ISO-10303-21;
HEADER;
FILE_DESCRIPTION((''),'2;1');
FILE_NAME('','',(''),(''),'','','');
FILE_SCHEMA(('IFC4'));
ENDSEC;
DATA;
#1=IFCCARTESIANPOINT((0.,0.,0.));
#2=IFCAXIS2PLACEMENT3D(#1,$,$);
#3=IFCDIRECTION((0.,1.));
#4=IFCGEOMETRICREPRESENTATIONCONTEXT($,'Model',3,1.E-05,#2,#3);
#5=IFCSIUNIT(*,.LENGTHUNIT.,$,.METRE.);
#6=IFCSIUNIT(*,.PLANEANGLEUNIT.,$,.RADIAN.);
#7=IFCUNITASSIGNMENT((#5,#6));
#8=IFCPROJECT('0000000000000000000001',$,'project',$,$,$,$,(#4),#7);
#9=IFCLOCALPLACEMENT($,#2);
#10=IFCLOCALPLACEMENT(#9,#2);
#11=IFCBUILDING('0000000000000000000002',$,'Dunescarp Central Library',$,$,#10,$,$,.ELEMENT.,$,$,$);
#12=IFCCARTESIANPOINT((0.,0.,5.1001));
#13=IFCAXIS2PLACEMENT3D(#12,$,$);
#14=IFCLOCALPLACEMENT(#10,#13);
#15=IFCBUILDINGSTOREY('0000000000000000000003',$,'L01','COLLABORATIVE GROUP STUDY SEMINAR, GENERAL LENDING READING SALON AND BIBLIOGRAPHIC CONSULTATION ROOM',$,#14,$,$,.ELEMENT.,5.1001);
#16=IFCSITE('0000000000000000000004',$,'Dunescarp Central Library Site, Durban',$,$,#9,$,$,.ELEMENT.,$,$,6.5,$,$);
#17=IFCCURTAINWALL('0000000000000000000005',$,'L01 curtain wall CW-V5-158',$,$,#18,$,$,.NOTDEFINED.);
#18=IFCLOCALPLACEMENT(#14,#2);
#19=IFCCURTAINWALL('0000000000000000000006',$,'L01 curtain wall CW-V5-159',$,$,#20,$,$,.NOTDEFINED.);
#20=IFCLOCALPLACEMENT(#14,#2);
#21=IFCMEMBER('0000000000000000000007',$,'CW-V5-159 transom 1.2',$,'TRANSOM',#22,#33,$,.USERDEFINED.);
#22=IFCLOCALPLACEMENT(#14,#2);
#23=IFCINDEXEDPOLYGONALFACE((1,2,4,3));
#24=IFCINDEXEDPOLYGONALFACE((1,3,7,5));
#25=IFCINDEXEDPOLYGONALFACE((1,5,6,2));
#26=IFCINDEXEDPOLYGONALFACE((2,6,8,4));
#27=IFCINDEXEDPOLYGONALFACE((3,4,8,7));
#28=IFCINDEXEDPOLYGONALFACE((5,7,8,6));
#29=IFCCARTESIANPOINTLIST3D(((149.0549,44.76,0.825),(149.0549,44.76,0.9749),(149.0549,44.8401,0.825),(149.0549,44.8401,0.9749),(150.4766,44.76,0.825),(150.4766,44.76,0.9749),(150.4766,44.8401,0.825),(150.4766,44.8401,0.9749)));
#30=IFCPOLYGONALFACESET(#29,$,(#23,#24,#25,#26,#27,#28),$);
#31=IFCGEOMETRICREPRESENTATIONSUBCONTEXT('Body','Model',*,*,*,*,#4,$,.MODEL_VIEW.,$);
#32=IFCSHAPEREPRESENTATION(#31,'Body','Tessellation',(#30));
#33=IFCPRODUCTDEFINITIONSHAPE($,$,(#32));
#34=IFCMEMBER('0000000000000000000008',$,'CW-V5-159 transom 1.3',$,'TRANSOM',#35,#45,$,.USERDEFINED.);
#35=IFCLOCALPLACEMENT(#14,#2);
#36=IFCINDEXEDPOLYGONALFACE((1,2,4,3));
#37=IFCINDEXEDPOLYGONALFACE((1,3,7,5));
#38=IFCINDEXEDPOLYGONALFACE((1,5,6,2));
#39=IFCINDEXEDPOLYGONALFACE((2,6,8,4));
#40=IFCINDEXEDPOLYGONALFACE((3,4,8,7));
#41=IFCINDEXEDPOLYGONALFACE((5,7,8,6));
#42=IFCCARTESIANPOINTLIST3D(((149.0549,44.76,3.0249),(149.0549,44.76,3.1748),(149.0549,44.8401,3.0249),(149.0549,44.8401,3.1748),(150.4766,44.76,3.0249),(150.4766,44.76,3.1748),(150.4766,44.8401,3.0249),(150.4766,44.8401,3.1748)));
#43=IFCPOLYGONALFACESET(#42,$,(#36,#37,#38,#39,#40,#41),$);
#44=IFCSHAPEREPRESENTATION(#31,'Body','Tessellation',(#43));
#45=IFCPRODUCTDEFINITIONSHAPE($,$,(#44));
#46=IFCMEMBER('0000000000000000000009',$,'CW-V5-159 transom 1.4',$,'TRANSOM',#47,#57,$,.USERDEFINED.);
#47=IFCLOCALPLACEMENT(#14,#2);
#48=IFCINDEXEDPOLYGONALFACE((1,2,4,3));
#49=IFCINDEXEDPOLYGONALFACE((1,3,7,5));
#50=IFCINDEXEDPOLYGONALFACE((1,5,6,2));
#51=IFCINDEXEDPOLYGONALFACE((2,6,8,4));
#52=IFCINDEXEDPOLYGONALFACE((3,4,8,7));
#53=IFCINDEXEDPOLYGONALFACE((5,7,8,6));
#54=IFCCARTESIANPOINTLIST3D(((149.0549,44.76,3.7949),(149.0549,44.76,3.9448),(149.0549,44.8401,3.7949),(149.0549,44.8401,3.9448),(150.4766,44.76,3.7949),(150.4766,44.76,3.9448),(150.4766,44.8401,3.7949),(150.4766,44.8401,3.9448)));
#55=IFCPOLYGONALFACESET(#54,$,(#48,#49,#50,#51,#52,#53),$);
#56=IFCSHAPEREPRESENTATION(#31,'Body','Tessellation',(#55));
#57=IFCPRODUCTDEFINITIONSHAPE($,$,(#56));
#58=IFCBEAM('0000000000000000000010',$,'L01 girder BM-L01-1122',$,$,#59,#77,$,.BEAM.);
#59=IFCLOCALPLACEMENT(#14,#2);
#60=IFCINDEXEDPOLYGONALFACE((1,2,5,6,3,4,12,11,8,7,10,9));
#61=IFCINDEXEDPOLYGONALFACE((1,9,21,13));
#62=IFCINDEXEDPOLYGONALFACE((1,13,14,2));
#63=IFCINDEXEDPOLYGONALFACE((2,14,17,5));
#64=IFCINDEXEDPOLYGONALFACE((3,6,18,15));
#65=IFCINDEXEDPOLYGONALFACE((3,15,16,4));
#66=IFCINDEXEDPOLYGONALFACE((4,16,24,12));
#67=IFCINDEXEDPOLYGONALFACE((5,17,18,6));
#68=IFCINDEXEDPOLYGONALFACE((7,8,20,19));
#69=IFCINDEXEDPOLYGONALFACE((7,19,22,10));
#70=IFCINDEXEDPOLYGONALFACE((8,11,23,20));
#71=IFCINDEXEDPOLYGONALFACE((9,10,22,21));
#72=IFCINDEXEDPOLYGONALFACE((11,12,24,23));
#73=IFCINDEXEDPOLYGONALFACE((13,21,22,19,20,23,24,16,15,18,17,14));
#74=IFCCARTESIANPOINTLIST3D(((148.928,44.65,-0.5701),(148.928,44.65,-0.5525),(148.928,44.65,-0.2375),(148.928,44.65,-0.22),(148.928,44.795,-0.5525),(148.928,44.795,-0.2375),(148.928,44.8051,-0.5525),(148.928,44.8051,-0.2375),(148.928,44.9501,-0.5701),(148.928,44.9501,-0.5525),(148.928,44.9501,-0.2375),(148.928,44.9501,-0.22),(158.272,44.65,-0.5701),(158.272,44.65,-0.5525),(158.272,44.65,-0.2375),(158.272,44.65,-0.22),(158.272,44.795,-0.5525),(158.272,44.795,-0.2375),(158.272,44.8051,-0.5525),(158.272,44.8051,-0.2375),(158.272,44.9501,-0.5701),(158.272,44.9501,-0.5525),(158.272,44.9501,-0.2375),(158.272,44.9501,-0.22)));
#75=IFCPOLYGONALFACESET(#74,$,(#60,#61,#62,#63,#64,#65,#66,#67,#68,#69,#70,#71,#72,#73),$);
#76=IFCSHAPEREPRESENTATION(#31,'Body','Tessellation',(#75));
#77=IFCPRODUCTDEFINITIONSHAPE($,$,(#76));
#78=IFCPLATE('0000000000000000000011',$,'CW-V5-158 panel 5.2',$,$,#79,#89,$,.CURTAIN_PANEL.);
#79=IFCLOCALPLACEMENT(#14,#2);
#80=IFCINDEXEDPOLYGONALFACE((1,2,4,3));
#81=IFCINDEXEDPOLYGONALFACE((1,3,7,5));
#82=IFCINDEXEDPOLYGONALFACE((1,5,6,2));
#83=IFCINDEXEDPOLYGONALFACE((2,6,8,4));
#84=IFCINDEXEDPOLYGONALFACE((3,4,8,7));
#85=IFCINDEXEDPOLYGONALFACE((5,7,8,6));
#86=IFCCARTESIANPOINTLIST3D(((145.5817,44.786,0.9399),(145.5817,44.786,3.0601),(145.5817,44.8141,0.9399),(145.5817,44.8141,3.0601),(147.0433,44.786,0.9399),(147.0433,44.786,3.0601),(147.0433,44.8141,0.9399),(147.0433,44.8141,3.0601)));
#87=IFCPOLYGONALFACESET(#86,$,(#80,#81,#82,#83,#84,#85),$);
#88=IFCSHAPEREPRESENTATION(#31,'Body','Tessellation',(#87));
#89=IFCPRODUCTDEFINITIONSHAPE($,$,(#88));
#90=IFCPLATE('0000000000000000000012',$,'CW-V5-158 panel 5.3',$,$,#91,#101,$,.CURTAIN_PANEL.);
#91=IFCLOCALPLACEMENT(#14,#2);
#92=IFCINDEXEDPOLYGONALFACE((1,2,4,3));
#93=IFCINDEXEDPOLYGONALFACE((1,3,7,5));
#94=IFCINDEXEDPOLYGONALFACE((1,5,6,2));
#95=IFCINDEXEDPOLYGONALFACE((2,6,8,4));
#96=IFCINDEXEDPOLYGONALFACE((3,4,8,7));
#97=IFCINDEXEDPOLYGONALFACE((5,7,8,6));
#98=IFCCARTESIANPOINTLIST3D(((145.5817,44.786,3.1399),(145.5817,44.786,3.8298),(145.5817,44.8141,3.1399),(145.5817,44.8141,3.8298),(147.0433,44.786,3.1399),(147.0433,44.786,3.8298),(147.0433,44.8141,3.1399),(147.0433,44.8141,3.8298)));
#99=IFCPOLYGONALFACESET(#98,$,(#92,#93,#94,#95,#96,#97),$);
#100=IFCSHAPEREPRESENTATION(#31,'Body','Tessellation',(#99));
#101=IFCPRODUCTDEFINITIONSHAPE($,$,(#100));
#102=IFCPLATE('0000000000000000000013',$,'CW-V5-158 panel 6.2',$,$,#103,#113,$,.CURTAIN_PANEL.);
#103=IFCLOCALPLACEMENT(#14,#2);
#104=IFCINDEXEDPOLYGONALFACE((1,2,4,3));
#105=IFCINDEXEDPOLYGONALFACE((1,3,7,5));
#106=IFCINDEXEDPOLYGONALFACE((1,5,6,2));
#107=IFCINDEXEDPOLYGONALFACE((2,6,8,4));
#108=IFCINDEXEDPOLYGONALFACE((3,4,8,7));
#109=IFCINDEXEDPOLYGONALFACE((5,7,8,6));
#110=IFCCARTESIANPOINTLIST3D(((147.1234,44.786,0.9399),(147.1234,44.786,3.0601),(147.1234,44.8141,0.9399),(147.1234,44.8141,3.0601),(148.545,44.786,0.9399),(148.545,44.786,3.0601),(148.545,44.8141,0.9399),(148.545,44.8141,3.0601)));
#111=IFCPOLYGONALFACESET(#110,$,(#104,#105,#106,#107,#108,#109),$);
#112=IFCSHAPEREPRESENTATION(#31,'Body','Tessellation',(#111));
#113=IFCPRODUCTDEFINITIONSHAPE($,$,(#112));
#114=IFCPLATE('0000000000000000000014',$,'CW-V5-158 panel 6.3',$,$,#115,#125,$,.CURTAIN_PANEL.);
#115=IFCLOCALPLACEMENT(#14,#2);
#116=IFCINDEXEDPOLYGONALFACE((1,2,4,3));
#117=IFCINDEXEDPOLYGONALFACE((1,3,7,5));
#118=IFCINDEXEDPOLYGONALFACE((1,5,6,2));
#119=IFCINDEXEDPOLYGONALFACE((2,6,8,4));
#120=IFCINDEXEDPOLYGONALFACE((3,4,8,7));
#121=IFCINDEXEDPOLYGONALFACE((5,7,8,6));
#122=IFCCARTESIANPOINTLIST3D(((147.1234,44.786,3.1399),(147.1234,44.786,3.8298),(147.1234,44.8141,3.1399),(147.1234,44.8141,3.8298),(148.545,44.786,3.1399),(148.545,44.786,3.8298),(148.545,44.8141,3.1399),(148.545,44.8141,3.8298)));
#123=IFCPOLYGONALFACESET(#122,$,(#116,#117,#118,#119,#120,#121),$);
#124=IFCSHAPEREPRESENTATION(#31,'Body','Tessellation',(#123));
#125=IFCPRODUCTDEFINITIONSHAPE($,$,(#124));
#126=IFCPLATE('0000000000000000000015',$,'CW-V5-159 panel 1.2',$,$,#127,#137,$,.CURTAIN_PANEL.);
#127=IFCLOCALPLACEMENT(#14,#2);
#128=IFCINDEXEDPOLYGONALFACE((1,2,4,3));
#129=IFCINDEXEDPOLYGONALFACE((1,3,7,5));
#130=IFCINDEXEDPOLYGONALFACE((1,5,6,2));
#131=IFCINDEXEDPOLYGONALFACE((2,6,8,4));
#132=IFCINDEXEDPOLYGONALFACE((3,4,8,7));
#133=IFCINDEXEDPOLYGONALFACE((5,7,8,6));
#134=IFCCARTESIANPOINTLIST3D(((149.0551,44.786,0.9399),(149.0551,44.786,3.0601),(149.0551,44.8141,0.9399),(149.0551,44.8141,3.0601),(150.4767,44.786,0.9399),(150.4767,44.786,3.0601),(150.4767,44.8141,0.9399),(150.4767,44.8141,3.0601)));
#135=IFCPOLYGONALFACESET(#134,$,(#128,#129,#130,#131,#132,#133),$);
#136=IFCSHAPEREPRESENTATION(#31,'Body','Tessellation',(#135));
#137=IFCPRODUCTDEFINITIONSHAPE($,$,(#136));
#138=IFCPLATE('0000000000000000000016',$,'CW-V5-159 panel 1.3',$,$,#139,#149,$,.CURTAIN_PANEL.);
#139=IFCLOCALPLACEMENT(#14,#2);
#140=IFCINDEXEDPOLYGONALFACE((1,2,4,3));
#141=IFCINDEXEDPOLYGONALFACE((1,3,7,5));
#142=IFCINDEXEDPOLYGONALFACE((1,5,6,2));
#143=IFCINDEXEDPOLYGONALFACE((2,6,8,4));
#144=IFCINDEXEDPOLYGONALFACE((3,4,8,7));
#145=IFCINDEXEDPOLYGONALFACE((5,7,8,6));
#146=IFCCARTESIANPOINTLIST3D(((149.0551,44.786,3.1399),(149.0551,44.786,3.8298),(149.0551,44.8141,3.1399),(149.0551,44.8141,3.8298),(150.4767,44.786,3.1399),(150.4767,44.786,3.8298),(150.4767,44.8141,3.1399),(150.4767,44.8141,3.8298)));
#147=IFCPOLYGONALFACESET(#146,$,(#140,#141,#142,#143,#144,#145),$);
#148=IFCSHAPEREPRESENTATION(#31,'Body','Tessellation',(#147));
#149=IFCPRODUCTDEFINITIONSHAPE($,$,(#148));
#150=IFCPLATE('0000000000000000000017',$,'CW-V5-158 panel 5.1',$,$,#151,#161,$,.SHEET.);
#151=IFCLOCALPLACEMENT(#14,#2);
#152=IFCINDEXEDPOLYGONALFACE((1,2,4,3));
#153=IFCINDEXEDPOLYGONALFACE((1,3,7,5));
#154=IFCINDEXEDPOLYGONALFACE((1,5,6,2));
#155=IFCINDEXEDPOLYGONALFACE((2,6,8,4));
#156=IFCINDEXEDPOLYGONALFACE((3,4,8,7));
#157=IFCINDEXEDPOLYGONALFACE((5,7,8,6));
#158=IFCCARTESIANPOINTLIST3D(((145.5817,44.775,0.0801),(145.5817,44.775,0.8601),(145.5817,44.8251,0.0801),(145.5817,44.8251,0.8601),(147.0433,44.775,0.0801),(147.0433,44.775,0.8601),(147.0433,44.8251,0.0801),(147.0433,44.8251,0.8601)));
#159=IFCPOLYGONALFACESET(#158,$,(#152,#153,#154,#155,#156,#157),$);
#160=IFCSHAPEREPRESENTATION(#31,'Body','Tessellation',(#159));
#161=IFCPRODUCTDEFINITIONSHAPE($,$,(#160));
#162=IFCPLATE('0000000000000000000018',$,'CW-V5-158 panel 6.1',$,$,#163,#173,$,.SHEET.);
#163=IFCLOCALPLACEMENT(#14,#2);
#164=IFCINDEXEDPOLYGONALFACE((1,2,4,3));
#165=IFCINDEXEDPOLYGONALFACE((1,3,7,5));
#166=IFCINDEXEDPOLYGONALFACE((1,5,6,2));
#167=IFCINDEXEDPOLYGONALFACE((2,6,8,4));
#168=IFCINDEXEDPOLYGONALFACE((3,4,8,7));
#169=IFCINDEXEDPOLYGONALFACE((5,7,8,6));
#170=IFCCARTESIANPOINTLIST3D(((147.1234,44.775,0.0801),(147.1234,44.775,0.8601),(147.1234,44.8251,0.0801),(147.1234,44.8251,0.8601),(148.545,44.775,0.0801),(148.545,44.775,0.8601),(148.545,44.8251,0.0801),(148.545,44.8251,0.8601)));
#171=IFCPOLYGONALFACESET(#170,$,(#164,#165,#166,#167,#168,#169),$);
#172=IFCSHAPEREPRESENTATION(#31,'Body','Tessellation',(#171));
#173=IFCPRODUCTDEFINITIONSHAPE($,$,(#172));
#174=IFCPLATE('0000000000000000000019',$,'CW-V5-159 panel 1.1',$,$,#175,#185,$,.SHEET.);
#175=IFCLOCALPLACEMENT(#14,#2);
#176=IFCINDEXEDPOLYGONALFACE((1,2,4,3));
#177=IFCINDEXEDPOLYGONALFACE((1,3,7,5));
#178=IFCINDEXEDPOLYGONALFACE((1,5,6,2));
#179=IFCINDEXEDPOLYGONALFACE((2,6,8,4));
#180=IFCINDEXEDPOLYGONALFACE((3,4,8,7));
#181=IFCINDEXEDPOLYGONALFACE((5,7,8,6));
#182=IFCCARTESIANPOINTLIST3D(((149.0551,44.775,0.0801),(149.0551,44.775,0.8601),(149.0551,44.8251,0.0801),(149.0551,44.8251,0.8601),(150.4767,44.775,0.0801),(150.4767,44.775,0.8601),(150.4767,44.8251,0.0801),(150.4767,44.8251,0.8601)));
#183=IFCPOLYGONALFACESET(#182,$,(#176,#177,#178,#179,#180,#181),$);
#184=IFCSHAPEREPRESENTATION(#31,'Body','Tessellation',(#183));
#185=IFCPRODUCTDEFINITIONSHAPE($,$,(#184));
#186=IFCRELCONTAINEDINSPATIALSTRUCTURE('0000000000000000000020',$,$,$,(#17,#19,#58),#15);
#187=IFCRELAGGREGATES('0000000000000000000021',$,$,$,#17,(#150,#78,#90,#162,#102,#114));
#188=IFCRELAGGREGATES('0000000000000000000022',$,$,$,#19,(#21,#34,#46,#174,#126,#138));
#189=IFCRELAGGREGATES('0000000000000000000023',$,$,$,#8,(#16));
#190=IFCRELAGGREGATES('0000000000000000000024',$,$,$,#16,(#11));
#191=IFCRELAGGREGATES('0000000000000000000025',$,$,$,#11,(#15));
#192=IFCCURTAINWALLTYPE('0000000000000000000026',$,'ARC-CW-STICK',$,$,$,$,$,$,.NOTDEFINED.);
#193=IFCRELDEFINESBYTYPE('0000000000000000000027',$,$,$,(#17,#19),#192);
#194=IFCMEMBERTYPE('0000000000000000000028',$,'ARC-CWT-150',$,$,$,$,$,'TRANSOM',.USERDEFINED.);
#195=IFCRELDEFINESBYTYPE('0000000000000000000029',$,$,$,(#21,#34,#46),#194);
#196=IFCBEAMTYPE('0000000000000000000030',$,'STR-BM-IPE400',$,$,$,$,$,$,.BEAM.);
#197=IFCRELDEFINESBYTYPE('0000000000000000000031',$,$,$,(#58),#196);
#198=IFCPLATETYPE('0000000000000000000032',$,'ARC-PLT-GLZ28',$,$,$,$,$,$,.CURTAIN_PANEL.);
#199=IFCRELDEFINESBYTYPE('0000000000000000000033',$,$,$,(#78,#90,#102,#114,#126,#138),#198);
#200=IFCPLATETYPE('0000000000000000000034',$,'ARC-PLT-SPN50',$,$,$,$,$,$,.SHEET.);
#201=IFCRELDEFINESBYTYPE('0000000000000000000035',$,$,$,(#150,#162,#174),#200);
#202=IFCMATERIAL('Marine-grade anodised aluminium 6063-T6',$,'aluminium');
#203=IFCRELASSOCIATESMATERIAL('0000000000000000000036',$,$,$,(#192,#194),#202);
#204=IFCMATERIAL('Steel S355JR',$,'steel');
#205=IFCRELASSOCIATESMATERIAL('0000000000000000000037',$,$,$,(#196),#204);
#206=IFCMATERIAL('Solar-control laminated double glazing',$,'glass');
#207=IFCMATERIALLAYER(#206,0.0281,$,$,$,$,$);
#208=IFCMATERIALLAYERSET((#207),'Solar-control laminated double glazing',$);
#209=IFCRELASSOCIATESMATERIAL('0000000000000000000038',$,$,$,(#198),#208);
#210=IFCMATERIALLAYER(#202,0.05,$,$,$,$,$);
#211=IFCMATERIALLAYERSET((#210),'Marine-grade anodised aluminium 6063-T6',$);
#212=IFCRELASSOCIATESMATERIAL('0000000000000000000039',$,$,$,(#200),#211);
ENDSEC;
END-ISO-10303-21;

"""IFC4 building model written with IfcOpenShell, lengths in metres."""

from ifc_helpers import new_model, si_unit, direction, frame, origin, origin_2d, place, context, subcontext, project, spatial, rectangle, i_section, extrude, material, layer, layer_set, material_profile, profile_set, type_object, element, aggregate, save


model = new_model("IFC4")

# Units and contexts
model_context = context("Model", 3, precision=1e-05, world=origin(), true_north=direction((0.0, 1.0)))
body_context = subcontext(model_context, "Body", "Model", "MODEL_VIEW")
ifc_project = project(units=[si_unit("LENGTHUNIT", "METRE"), si_unit("PLANEANGLEUNIT", "RADIAN")], contexts=[model_context])

# Site, building, storey
site_placement = place(None, origin())
site = spatial("IfcSite", under=ifc_project, at=site_placement, Name="Dunescarp Central Library Site, Durban", CompositionType="ELEMENT", RefElevation=6.5)
building_placement = place(site_placement, origin())
building = spatial("IfcBuilding", under=site, at=building_placement, Name="Dunescarp Central Library", CompositionType="ELEMENT")
storey_placement = place(building_placement, frame((0.0, 0.0, 5.1001)))
storey = spatial("IfcBuildingStorey", under=building, at=storey_placement, Name="L01", Description="COLLABORATIVE GROUP STUDY SEMINAR, GENERAL LENDING READING SALON AND BIBLIOGRAPHIC CONSULTATION ROOM", CompositionType="ELEMENT", Elevation=5.1001)

# Shared definitions
ifc_material_1 = material(Name="Steel S355JR", Category="steel")

# Curtain wall
ifc_material_2 = material(Name="Marine-grade anodised aluminium 6063-T6", Category="aluminium")
curtain_wall_type = type_object("IfcCurtainWallType", Name="ARC-CW-STICK", PredefinedType="NOTDEFINED", material=ifc_material_2)
curtain_wall_1_placement = place(storey_placement, origin())
curtain_wall_1 = element("IfcCurtainWall", 1, at=curtain_wall_1_placement, inside=storey, type_object=curtain_wall_type, Name="L01 curtain wall CW-V5-158", PredefinedType="NOTDEFINED")

# Curtain wall
curtain_wall_2_placement = place(storey_placement, origin())
curtain_wall_2 = element("IfcCurtainWall", 2, at=curtain_wall_2_placement, inside=storey, type_object=curtain_wall_type, Name="L01 curtain wall CW-V5-159", PredefinedType="NOTDEFINED")

# Members
ifc_material_profile_1 = material_profile(ifc_material_2, rectangle(XDim=0.0801, YDim=0.1499, at=origin_2d()), Name="AL 80x150")
ifc_profile_set_1 = profile_set([ifc_material_profile_1], Name="Marine-grade anodised aluminium 6063-T6")
member_type_1 = type_object("IfcMemberType", Name="ARC-CWT-150", ElementType="TRANSOM", PredefinedType="USERDEFINED", material=ifc_profile_set_1)
member_1_placement = place(storey_placement, frame((149.0549, 44.8, 0.8999), z_axis=(1.0, 0.0, 0.0), x_axis=(0.0, 1.0, 0.0)))
member_1 = element("IfcMember", 3, at=member_1_placement, type_object=member_type_1, Name="CW-V5-159 transom 1.2", ObjectType="TRANSOM", PredefinedType="USERDEFINED", context=body_context, shape_type="SweptSolid", body=[
    extrude(rectangle(XDim=0.0801, YDim=0.1499, at=origin_2d()), origin(), (0.0, 0.0, 1.0), 1.4216),
])
member_2_placement = place(storey_placement, frame((149.0549, 44.8, 3.0999), z_axis=(1.0, 0.0, 0.0), x_axis=(0.0, 1.0, 0.0)))
member_2 = element("IfcMember", 4, at=member_2_placement, type_object=member_type_1, Name="CW-V5-159 transom 1.3", ObjectType="TRANSOM", PredefinedType="USERDEFINED", context=body_context, shape_type="SweptSolid", body=[
    extrude(rectangle(XDim=0.0801, YDim=0.1499, at=origin_2d()), origin(), (0.0, 0.0, 1.0), 1.4216),
])
member_3_placement = place(storey_placement, frame((149.0549, 44.8, 3.8699), z_axis=(1.0, 0.0, 0.0), x_axis=(0.0, 1.0, 0.0)))
member_3 = element("IfcMember", 5, at=member_3_placement, type_object=member_type_1, Name="CW-V5-159 transom 1.4", ObjectType="TRANSOM", PredefinedType="USERDEFINED", context=body_context, shape_type="SweptSolid", body=[
    extrude(rectangle(XDim=0.0801, YDim=0.1499, at=origin_2d()), origin(), (0.0, 0.0, 1.0), 1.4216),
])

# Beam
ifc_material_profile_2 = material_profile(ifc_material_1, i_section(OverallWidth=0.3, OverallDepth=0.3501, WebThickness=0.01, FlangeThickness=0.0176, at=origin_2d()), Name="HEA 360")
ifc_profile_set_2 = profile_set([ifc_material_profile_2], Name="Steel S355JR")
beam_type = type_object("IfcBeamType", Name="STR-BM-IPE400", PredefinedType="BEAM", material=ifc_profile_set_2)
beam_placement = place(storey_placement, frame((148.928, 44.8, -0.395), z_axis=(1.0, 0.0, 0.0), x_axis=(0.0, 1.0, 0.0)))
element("IfcBeam", 6, at=beam_placement, inside=storey, type_object=beam_type, Name="L01 girder BM-L01-1122", PredefinedType="BEAM", context=body_context, shape_type="SweptSolid", body=[
    extrude(i_section(OverallWidth=0.3, OverallDepth=0.3501, WebThickness=0.01, FlangeThickness=0.0176, at=origin_2d()), origin(), (0.0, 0.0, 1.0), 9.344),
])

# Plates
ifc_material_3 = material(Name="Solar-control laminated double glazing", Category="glass")
ifc_layer_1 = layer(ifc_material_3, 0.0281)
ifc_layer_set_1 = layer_set([ifc_layer_1], Name="Solar-control laminated double glazing")
plate_type_1 = type_object("IfcPlateType", Name="ARC-PLT-GLZ28", PredefinedType="CURTAIN_PANEL", material=ifc_layer_set_1)
plate_1_placement = place(storey_placement, frame((146.3125, 44.8, 0.9399), z_axis=(0.0, 0.0, 1.0), x_axis=(1.0, 0.0, 0.0)))
plate_1 = element("IfcPlate", 7, at=plate_1_placement, type_object=plate_type_1, Name="CW-V5-158 panel 5.2", PredefinedType="CURTAIN_PANEL", context=body_context, shape_type="SweptSolid", body=[
    extrude(rectangle(XDim=1.4617, YDim=0.0281, at=origin_2d()), origin(), (0.0, 0.0, 1.0), 2.1201),
])
plate_2_placement = place(storey_placement, frame((146.3125, 44.8, 3.1399), z_axis=(0.0, 0.0, 1.0), x_axis=(1.0, 0.0, 0.0)))
plate_2 = element("IfcPlate", 8, at=plate_2_placement, type_object=plate_type_1, Name="CW-V5-158 panel 5.3", PredefinedType="CURTAIN_PANEL", context=body_context, shape_type="SweptSolid", body=[
    extrude(rectangle(XDim=1.4617, YDim=0.0281, at=origin_2d()), origin(), (0.0, 0.0, 1.0), 0.6899),
])
plate_3_placement = place(storey_placement, frame((147.8342, 44.8, 0.9399), z_axis=(0.0, 0.0, 1.0), x_axis=(1.0, 0.0, 0.0)))
plate_3 = element("IfcPlate", 9, at=plate_3_placement, type_object=plate_type_1, Name="CW-V5-158 panel 6.2", PredefinedType="CURTAIN_PANEL", context=body_context, shape_type="SweptSolid", body=[
    extrude(rectangle(XDim=1.4216, YDim=0.0281, at=origin_2d()), origin(), (0.0, 0.0, 1.0), 2.1201),
])
plate_4_placement = place(storey_placement, frame((147.8342, 44.8, 3.1399), z_axis=(0.0, 0.0, 1.0), x_axis=(1.0, 0.0, 0.0)))
plate_4 = element("IfcPlate", 10, at=plate_4_placement, type_object=plate_type_1, Name="CW-V5-158 panel 6.3", PredefinedType="CURTAIN_PANEL", context=body_context, shape_type="SweptSolid", body=[
    extrude(rectangle(XDim=1.4216, YDim=0.0281, at=origin_2d()), origin(), (0.0, 0.0, 1.0), 0.6899),
])
plate_5_placement = place(storey_placement, frame((149.7659, 44.8, 0.9399), z_axis=(0.0, 0.0, 1.0), x_axis=(1.0, 0.0, 0.0)))
plate_5 = element("IfcPlate", 11, at=plate_5_placement, type_object=plate_type_1, Name="CW-V5-159 panel 1.2", PredefinedType="CURTAIN_PANEL", context=body_context, shape_type="SweptSolid", body=[
    extrude(rectangle(XDim=1.4216, YDim=0.0281, at=origin_2d()), origin(), (0.0, 0.0, 1.0), 2.1201),
])
plate_6_placement = place(storey_placement, frame((149.7659, 44.8, 3.1399), z_axis=(0.0, 0.0, 1.0), x_axis=(1.0, 0.0, 0.0)))
plate_6 = element("IfcPlate", 12, at=plate_6_placement, type_object=plate_type_1, Name="CW-V5-159 panel 1.3", PredefinedType="CURTAIN_PANEL", context=body_context, shape_type="SweptSolid", body=[
    extrude(rectangle(XDim=1.4216, YDim=0.0281, at=origin_2d()), origin(), (0.0, 0.0, 1.0), 0.6899),
])
ifc_layer_2 = layer(ifc_material_2, 0.05)
ifc_layer_set_2 = layer_set([ifc_layer_2], Name="Marine-grade anodised aluminium 6063-T6")
plate_type_2 = type_object("IfcPlateType", Name="ARC-PLT-SPN50", PredefinedType="SHEET", material=ifc_layer_set_2)
plate_7_placement = place(storey_placement, frame((146.3125, 44.8, 0.0801), z_axis=(0.0, 0.0, 1.0), x_axis=(1.0, 0.0, 0.0)))
plate_7 = element("IfcPlate", 13, at=plate_7_placement, type_object=plate_type_2, Name="CW-V5-158 panel 5.1", PredefinedType="SHEET", context=body_context, shape_type="SweptSolid", body=[
    extrude(rectangle(XDim=1.4617, YDim=0.05, at=origin_2d()), origin(), (0.0, 0.0, 1.0), 0.78),
])
plate_8_placement = place(storey_placement, frame((147.8342, 44.8, 0.0801), z_axis=(0.0, 0.0, 1.0), x_axis=(1.0, 0.0, 0.0)))
plate_8 = element("IfcPlate", 14, at=plate_8_placement, type_object=plate_type_2, Name="CW-V5-158 panel 6.1", PredefinedType="SHEET", context=body_context, shape_type="SweptSolid", body=[
    extrude(rectangle(XDim=1.4216, YDim=0.05, at=origin_2d()), origin(), (0.0, 0.0, 1.0), 0.78),
])
aggregate(curtain_wall_1, [plate_7, plate_1, plate_2, plate_8, plate_3, plate_4])
plate_9_placement = place(storey_placement, frame((149.7659, 44.8, 0.0801), z_axis=(0.0, 0.0, 1.0), x_axis=(1.0, 0.0, 0.0)))
plate_9 = element("IfcPlate", 15, at=plate_9_placement, type_object=plate_type_2, Name="CW-V5-159 panel 1.1", PredefinedType="SHEET", context=body_context, shape_type="SweptSolid", body=[
    extrude(rectangle(XDim=1.4216, YDim=0.05, at=origin_2d()), origin(), (0.0, 0.0, 1.0), 0.78),
])
aggregate(curtain_wall_2, [member_1, member_2, member_3, plate_9, plate_5, plate_6])

save(model, "model.ifc")
